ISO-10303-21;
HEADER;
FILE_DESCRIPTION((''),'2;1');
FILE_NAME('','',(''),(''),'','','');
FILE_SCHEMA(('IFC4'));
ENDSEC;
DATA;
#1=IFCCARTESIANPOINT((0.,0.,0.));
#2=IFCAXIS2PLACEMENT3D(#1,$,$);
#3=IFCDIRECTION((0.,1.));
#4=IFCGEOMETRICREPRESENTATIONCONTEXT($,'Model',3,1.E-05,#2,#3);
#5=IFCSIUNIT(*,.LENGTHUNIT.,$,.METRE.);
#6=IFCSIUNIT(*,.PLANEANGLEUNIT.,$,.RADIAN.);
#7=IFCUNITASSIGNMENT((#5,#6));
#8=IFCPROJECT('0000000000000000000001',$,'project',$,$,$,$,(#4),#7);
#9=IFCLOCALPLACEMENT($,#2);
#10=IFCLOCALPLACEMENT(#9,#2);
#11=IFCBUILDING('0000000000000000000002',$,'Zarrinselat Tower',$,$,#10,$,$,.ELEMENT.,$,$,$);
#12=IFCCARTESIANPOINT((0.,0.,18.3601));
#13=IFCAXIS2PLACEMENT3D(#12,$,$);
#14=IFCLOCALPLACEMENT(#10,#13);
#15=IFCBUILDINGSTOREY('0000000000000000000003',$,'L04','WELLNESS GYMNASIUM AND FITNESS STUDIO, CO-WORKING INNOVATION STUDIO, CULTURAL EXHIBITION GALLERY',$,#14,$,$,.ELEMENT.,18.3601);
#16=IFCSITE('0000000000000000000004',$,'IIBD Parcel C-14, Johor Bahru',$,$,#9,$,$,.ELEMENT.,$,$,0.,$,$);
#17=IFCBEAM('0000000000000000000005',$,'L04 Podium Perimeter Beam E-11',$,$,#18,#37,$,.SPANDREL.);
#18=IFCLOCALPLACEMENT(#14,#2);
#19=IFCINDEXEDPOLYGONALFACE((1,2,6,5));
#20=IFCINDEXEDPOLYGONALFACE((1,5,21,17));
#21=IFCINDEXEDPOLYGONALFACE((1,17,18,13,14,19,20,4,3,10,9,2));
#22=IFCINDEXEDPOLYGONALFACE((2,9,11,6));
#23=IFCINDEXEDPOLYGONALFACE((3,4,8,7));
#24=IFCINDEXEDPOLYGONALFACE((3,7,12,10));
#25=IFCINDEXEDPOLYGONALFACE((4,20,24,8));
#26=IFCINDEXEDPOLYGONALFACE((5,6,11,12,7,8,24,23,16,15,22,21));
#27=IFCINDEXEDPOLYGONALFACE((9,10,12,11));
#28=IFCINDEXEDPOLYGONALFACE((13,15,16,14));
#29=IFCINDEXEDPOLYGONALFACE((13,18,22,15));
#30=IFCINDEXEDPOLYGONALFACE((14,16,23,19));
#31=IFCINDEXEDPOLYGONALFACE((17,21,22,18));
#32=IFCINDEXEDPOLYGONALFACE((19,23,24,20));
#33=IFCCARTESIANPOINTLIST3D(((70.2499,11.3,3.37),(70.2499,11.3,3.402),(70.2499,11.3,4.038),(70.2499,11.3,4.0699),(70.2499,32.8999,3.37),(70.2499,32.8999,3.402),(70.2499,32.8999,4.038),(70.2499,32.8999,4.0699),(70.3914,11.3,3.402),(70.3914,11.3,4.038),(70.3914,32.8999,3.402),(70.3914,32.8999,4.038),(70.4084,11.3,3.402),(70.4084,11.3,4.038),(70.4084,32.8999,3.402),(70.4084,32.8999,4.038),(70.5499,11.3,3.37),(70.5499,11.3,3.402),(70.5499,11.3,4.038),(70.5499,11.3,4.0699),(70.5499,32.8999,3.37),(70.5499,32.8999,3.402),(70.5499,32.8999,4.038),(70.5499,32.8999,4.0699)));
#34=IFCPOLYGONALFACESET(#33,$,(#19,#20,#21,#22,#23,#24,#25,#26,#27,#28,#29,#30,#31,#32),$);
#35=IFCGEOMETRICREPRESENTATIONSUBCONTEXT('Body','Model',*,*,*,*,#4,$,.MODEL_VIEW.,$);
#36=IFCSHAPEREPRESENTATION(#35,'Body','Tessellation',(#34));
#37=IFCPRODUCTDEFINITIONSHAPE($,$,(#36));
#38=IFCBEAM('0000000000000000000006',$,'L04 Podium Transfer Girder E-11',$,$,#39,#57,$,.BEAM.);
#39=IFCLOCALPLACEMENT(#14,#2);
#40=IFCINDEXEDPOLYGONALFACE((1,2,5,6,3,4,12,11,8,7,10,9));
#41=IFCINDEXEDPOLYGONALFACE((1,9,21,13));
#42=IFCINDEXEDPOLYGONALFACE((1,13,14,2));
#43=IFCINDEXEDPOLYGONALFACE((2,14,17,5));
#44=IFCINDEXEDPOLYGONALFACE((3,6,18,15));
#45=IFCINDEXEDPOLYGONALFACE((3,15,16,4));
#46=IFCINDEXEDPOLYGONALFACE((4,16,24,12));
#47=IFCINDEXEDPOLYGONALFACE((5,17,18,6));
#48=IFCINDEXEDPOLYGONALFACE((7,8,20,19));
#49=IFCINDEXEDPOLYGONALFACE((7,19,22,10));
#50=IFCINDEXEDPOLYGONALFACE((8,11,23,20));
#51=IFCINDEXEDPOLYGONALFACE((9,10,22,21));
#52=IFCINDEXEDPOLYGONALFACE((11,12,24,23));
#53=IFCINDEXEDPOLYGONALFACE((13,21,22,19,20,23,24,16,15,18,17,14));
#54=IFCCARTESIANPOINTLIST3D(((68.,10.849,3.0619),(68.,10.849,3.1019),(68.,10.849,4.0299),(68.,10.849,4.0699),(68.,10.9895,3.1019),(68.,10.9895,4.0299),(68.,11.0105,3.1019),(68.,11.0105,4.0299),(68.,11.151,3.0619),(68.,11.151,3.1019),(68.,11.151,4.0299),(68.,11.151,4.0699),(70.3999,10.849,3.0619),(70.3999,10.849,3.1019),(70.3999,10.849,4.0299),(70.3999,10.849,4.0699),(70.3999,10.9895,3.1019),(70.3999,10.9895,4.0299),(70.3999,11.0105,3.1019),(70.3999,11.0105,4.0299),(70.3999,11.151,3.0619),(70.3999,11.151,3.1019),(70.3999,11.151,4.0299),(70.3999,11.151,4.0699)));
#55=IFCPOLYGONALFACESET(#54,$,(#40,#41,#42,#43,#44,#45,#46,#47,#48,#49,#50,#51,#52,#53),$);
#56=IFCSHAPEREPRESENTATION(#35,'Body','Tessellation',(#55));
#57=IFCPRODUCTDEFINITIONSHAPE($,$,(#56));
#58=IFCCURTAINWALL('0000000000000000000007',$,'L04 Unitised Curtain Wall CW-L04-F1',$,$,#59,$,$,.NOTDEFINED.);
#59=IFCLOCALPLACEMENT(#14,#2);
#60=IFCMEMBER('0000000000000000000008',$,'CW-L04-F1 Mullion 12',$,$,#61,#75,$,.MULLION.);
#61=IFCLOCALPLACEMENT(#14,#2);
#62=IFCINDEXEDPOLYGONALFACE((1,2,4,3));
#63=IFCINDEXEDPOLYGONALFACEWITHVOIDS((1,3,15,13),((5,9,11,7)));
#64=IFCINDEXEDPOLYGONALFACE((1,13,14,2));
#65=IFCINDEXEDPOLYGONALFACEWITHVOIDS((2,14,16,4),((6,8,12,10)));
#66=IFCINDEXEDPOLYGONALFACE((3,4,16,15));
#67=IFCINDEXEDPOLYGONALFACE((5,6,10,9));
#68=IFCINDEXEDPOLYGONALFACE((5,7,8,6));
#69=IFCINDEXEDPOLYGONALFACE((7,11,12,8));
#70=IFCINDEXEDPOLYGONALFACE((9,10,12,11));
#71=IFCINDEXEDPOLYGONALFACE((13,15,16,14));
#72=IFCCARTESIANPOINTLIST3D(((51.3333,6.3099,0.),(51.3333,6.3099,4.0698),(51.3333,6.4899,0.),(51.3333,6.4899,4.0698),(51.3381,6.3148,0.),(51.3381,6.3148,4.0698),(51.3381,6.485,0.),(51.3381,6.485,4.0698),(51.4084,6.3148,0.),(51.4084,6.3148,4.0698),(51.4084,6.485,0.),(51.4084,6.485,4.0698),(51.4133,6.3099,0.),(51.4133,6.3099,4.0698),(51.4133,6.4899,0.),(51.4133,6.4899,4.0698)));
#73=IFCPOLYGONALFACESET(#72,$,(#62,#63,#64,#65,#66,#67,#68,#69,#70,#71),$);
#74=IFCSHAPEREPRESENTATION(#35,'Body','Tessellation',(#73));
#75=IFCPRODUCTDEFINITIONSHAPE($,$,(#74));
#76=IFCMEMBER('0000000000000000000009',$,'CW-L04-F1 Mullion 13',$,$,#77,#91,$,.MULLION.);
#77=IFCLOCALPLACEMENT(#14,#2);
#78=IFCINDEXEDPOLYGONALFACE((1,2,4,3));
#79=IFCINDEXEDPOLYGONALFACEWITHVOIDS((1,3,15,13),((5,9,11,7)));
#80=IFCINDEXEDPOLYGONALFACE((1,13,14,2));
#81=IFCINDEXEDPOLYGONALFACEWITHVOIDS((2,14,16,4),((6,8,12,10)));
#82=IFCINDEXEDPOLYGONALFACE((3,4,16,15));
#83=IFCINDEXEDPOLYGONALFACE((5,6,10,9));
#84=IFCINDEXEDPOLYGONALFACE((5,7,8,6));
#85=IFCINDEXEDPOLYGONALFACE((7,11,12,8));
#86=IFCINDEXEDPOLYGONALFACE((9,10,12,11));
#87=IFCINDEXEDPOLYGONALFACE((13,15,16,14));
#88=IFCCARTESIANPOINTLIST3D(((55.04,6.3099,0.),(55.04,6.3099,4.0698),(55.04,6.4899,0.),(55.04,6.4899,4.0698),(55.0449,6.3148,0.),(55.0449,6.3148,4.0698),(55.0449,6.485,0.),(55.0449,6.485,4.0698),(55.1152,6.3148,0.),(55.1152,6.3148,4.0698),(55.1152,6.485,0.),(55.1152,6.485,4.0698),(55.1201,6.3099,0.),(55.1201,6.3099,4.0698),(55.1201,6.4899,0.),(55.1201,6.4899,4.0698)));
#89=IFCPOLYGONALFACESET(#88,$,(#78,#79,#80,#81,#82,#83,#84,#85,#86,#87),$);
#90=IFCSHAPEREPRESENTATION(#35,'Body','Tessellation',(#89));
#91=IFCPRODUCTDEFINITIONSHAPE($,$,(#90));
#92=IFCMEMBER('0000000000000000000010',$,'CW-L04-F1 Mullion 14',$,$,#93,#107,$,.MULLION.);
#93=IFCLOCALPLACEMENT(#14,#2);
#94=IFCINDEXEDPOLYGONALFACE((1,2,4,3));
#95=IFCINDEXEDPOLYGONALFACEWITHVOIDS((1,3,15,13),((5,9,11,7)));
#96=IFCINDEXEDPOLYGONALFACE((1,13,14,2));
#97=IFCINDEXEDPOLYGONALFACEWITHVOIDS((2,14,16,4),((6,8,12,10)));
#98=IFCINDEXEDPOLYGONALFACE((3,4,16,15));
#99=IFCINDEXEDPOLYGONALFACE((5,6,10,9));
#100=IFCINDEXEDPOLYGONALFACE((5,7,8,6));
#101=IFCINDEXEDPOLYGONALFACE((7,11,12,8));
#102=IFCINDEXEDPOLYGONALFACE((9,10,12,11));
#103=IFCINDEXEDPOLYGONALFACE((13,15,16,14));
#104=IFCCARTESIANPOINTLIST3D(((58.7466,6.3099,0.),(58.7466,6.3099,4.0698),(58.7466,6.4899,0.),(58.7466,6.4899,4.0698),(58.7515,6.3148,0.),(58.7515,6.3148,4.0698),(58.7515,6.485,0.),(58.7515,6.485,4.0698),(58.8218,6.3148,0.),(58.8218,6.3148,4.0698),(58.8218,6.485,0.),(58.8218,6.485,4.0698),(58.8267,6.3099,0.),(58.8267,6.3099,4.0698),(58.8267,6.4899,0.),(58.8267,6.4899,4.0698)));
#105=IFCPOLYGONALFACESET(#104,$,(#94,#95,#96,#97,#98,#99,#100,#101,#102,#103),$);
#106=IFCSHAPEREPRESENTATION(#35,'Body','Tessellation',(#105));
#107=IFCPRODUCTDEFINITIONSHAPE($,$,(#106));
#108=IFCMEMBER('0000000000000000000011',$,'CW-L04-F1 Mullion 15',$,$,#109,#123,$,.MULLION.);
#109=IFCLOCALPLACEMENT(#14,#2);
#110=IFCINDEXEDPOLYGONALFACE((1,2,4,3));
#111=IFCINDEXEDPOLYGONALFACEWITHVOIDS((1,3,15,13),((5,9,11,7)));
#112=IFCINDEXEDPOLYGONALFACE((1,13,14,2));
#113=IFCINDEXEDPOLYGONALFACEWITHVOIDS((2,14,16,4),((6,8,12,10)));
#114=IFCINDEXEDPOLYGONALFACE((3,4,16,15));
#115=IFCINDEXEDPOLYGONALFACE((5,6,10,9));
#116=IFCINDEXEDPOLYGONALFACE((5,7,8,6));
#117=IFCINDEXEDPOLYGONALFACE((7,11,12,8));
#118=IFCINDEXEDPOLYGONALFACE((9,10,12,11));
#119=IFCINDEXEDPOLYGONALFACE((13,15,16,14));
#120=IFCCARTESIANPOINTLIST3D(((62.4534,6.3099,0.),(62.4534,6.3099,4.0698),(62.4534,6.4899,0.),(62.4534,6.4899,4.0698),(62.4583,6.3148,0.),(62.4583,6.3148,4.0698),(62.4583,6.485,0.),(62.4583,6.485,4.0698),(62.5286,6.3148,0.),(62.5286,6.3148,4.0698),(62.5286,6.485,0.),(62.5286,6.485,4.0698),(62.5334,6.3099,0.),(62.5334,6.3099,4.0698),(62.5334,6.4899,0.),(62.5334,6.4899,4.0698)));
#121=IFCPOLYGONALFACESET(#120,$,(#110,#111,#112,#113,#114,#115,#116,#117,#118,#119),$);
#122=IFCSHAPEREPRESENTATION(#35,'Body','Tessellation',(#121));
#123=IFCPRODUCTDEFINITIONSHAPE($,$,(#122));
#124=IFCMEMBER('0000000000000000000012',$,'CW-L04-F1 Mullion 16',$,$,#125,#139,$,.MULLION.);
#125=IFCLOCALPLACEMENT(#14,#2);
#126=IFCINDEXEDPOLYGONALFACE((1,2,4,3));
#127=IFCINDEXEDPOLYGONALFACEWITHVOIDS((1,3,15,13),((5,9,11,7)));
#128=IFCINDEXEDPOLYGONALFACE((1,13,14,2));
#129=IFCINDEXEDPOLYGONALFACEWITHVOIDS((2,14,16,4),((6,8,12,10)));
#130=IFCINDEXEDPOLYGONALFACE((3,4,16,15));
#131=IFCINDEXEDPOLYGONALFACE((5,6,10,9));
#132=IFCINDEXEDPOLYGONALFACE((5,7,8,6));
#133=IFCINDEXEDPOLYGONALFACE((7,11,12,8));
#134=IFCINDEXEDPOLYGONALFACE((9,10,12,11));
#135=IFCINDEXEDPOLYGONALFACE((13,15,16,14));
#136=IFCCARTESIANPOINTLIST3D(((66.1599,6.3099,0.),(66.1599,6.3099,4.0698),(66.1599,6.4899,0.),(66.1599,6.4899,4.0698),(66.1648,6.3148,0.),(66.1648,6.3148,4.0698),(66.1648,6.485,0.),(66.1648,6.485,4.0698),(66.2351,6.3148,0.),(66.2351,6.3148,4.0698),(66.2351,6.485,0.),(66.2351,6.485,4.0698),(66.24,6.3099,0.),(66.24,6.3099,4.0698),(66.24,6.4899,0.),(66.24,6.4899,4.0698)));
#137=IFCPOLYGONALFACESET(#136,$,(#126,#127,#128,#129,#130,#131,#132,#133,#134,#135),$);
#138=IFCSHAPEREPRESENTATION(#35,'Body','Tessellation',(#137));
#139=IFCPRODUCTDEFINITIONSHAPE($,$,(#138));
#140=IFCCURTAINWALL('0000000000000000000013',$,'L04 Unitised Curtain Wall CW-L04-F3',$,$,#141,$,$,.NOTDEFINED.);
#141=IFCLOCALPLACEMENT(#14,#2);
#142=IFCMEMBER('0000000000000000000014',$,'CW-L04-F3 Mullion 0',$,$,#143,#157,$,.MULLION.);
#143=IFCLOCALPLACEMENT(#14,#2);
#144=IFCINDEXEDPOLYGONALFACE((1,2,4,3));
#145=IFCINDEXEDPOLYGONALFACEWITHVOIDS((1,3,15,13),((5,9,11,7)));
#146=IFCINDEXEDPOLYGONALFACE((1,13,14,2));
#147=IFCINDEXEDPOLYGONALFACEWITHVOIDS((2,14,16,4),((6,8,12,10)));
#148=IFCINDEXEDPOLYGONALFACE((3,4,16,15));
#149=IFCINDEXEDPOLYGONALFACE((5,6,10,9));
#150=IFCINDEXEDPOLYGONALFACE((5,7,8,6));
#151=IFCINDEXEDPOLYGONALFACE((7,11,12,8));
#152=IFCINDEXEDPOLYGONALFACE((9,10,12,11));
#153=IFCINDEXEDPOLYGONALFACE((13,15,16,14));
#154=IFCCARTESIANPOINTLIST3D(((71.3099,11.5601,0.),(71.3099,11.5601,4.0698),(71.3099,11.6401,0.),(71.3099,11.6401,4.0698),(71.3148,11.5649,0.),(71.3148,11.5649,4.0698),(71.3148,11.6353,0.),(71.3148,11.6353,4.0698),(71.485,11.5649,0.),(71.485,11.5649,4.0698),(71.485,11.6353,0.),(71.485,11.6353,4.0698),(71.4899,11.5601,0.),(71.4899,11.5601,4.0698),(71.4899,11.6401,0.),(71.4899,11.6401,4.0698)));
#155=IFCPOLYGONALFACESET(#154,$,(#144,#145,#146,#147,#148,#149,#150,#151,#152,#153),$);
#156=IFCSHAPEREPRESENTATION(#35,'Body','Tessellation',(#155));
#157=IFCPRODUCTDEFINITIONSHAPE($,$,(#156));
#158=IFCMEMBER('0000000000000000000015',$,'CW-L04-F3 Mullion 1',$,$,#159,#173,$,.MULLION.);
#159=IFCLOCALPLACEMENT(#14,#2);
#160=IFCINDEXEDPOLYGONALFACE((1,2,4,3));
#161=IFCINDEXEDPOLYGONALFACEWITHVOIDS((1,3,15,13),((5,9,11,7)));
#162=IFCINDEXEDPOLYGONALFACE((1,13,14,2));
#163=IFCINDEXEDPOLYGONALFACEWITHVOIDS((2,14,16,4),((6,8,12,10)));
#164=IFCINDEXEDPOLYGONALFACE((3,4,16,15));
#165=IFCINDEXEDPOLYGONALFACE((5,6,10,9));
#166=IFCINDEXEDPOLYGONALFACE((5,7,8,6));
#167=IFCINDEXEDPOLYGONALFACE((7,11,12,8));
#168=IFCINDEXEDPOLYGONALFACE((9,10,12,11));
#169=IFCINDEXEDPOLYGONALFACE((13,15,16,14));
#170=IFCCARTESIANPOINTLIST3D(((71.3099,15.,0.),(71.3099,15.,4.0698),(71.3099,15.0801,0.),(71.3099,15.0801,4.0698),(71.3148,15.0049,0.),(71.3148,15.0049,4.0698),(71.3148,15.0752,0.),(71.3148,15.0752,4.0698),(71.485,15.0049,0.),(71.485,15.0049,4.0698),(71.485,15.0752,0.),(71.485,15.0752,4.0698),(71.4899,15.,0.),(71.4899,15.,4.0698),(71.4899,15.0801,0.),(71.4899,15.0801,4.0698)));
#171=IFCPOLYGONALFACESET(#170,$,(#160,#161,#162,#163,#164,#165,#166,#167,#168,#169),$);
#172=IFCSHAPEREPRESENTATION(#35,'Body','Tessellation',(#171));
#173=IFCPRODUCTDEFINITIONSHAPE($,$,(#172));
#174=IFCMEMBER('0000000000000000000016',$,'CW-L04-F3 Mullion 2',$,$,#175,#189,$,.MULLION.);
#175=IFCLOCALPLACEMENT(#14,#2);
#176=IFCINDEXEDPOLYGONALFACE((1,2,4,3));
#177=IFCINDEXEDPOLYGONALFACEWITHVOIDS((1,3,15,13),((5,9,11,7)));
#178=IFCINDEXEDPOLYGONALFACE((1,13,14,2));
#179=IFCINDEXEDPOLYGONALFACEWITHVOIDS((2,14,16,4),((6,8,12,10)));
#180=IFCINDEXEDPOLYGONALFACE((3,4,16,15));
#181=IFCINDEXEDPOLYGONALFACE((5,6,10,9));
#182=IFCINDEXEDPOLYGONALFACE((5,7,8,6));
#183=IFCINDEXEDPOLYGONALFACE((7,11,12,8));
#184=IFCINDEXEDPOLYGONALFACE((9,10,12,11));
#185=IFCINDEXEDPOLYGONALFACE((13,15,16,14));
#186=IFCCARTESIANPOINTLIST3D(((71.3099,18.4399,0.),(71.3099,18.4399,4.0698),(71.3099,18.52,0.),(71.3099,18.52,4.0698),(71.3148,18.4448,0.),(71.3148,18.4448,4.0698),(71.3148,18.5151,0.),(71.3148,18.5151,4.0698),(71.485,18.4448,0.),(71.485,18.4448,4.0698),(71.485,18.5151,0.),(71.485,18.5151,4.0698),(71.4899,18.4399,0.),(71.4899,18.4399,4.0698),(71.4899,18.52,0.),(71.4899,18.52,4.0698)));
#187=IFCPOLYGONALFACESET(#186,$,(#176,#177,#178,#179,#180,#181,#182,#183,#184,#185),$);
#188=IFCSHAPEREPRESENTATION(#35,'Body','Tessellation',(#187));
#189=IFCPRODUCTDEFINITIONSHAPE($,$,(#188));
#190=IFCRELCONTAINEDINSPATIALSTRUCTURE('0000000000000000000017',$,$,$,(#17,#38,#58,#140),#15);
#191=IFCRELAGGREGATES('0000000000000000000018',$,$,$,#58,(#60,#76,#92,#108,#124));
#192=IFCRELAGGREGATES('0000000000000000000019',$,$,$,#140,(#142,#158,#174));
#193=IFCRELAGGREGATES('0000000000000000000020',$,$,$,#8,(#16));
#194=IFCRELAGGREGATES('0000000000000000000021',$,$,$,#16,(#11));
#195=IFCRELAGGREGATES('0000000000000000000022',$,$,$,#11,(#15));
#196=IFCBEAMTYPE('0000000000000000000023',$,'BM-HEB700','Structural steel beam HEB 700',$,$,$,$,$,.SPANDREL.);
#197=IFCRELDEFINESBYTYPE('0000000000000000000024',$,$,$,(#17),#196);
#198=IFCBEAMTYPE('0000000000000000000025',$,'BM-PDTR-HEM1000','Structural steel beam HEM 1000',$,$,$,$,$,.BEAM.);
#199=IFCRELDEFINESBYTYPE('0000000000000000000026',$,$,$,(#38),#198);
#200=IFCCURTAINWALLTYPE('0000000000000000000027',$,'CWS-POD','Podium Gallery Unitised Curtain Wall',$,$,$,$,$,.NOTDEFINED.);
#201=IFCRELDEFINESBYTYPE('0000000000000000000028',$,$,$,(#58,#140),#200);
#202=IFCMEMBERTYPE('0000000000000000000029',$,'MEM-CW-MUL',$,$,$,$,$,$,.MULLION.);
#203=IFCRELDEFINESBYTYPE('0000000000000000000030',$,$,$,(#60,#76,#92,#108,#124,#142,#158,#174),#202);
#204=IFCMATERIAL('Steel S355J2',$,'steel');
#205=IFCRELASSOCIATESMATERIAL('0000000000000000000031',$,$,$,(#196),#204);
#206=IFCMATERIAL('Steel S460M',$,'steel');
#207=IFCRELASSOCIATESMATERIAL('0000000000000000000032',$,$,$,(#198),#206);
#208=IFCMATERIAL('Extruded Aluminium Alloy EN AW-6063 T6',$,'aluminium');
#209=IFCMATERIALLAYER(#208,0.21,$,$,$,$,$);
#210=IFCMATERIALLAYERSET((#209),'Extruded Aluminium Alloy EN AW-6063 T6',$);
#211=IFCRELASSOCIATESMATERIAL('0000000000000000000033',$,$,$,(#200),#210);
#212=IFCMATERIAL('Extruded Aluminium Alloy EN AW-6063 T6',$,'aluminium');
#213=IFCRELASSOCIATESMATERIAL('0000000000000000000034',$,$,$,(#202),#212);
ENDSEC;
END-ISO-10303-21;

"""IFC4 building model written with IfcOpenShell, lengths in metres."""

from ifc_helpers import new_model, si_unit, direction, frame, origin, origin_2d, place, context, subcontext, project, spatial, hollow_rectangle, i_section, extrude, material, layer, layer_set, material_profile, profile_set, type_object, element, aggregate, save


model = new_model("IFC4")

# Units and contexts
model_context = context("Model", 3, precision=1e-05, world=origin(), true_north=direction((0.0, 1.0)))
body_context = subcontext(model_context, "Body", "Model", "MODEL_VIEW")
ifc_project = project(units=[si_unit("LENGTHUNIT", "METRE"), si_unit("PLANEANGLEUNIT", "RADIAN")], contexts=[model_context])

# Site, building, storey
site_placement = place(None, origin())
site = spatial("IfcSite", under=ifc_project, at=site_placement, Name="IIBD Parcel C-14, Johor Bahru", CompositionType="ELEMENT", RefElevation=0.0)
building_placement = place(site_placement, origin())
building = spatial("IfcBuilding", under=site, at=building_placement, Name="Zarrinselat Tower", CompositionType="ELEMENT")
storey_placement = place(building_placement, frame((0.0, 0.0, 18.3601)))
storey = spatial("IfcBuildingStorey", under=building, at=storey_placement, Name="L04", Description="WELLNESS GYMNASIUM AND FITNESS STUDIO, CO-WORKING INNOVATION STUDIO, CULTURAL EXHIBITION GALLERY", CompositionType="ELEMENT", Elevation=18.3601)

# Beams
ifc_material_1 = material(Name="Steel S355J2", Category="steel")
ifc_material_profile_1 = material_profile(ifc_material_1, i_section(OverallWidth=0.3, OverallDepth=0.7, WebThickness=0.0171, FlangeThickness=0.032, at=origin_2d()), Name="HEB 700")
ifc_profile_set_1 = profile_set([ifc_material_profile_1], Name="Steel S355J2")
beam_type_1 = type_object("IfcBeamType", Name="BM-HEB700", Description="Structural steel beam HEB 700", PredefinedType="SPANDREL", material=ifc_profile_set_1)
beam_1_placement = place(storey_placement, frame((70.3999, 11.3, 3.72), z_axis=(0.0, 1.0, 0.0), x_axis=(-1.0, 0.0, 0.0)))
element("IfcBeam", 1, at=beam_1_placement, inside=storey, type_object=beam_type_1, Name="L04 Podium Perimeter Beam E-11", PredefinedType="SPANDREL", context=body_context, shape_type="SweptSolid", body=[
    extrude(i_section(OverallWidth=0.3, OverallDepth=0.7, WebThickness=0.0171, FlangeThickness=0.032, at=origin_2d()), origin(), (0.0, 0.0, 1.0), 21.5999),
])
ifc_material_2 = material(Name="Steel S460M", Category="steel")
ifc_material_profile_2 = material_profile(ifc_material_2, i_section(OverallWidth=0.302, OverallDepth=1.0081, WebThickness=0.021, FlangeThickness=0.04, at=origin_2d()), Name="HEM 1000")
ifc_profile_set_2 = profile_set([ifc_material_profile_2], Name="Steel S460M")
beam_type_2 = type_object("IfcBeamType", Name="BM-PDTR-HEM1000", Description="Structural steel beam HEM 1000", PredefinedType="BEAM", material=ifc_profile_set_2)
beam_2_placement = place(storey_placement, frame((68.0, 11.0, 3.5659), z_axis=(1.0, 0.0, 0.0), x_axis=(0.0, 1.0, 0.0)))
element("IfcBeam", 2, at=beam_2_placement, inside=storey, type_object=beam_type_2, Name="L04 Podium Transfer Girder E-11", PredefinedType="BEAM", context=body_context, shape_type="SweptSolid", body=[
    extrude(i_section(OverallWidth=0.302, OverallDepth=1.0081, WebThickness=0.021, FlangeThickness=0.04, at=origin_2d()), origin(), (0.0, 0.0, 1.0), 2.3999),
])

# Curtain walls, members
ifc_material_3 = material(Name="Extruded Aluminium Alloy EN AW-6063 T6", Category="aluminium")
ifc_layer_1 = layer(ifc_material_3, 0.21)
ifc_layer_set_1 = layer_set([ifc_layer_1], Name="Extruded Aluminium Alloy EN AW-6063 T6")
curtain_wall_type = type_object("IfcCurtainWallType", Name="CWS-POD", Description="Podium Gallery Unitised Curtain Wall", PredefinedType="NOTDEFINED", material=ifc_layer_set_1)
curtain_wall_1_placement = place(storey_placement, origin())
curtain_wall_1 = element("IfcCurtainWall", 3, at=curtain_wall_1_placement, inside=storey, type_object=curtain_wall_type, Name="L04 Unitised Curtain Wall CW-L04-F1", PredefinedType="NOTDEFINED")
ifc_material_4 = material(Name="Extruded Aluminium Alloy EN AW-6063 T6", Category="aluminium")
ifc_material_profile_3 = material_profile(ifc_material_4, hollow_rectangle(XDim=0.0801, YDim=0.1799, WallThickness=0.0049, at=origin_2d()), Name="RHS 180x80x5")
ifc_profile_set_3 = profile_set([ifc_material_profile_3], Name="Extruded Aluminium Alloy EN AW-6063 T6")
member_type_1 = type_object("IfcMemberType", Name="MEM-CW-MUL", PredefinedType="MULLION", material=ifc_profile_set_3)
member_1_placement = place(storey_placement, frame((51.3733, 6.3999, 0.0), z_axis=(0.0, 0.0, 1.0), x_axis=(1.0, 0.0, 0.0)))
member_1 = element("IfcMember", 4, at=member_1_placement, type_object=member_type_1, Name="CW-L04-F1 Mullion 12", PredefinedType="MULLION", context=body_context, shape_type="SweptSolid", body=[
    extrude(hollow_rectangle(XDim=0.0801, YDim=0.1799, WallThickness=0.0049, at=origin_2d()), origin(), (0.0, 0.0, 1.0), 4.0698),
])
member_2_placement = place(storey_placement, frame((55.0801, 6.3999, 0.0), z_axis=(0.0, 0.0, 1.0), x_axis=(1.0, 0.0, 0.0)))
member_2 = element("IfcMember", 5, at=member_2_placement, type_object=member_type_1, Name="CW-L04-F1 Mullion 13", PredefinedType="MULLION", context=body_context, shape_type="SweptSolid", body=[
    extrude(hollow_rectangle(XDim=0.0801, YDim=0.1799, WallThickness=0.0049, at=origin_2d()), origin(), (0.0, 0.0, 1.0), 4.0698),
])
member_3_placement = place(storey_placement, frame((58.7866, 6.3999, 0.0), z_axis=(0.0, 0.0, 1.0), x_axis=(1.0, 0.0, 0.0)))
member_3 = element("IfcMember", 6, at=member_3_placement, type_object=member_type_1, Name="CW-L04-F1 Mullion 14", PredefinedType="MULLION", context=body_context, shape_type="SweptSolid", body=[
    extrude(hollow_rectangle(XDim=0.0801, YDim=0.1799, WallThickness=0.0049, at=origin_2d()), origin(), (0.0, 0.0, 1.0), 4.0698),
])
member_4_placement = place(storey_placement, frame((62.4934, 6.3999, 0.0), z_axis=(0.0, 0.0, 1.0), x_axis=(1.0, 0.0, 0.0)))
member_4 = element("IfcMember", 7, at=member_4_placement, type_object=member_type_1, Name="CW-L04-F1 Mullion 15", PredefinedType="MULLION", context=body_context, shape_type="SweptSolid", body=[
    extrude(hollow_rectangle(XDim=0.0801, YDim=0.1799, WallThickness=0.0049, at=origin_2d()), origin(), (0.0, 0.0, 1.0), 4.0698),
])
member_5_placement = place(storey_placement, frame((66.2, 6.3999, 0.0), z_axis=(0.0, 0.0, 1.0), x_axis=(1.0, 0.0, 0.0)))
member_5 = element("IfcMember", 8, at=member_5_placement, type_object=member_type_1, Name="CW-L04-F1 Mullion 16", PredefinedType="MULLION", context=body_context, shape_type="SweptSolid", body=[
    extrude(hollow_rectangle(XDim=0.0801, YDim=0.1799, WallThickness=0.0049, at=origin_2d()), origin(), (0.0, 0.0, 1.0), 4.0698),
])
curtain_wall_2_placement = place(storey_placement, origin())
curtain_wall_2 = element("IfcCurtainWall", 9, at=curtain_wall_2_placement, inside=storey, type_object=curtain_wall_type, Name="L04 Unitised Curtain Wall CW-L04-F3", PredefinedType="NOTDEFINED")
member_6_placement = place(storey_placement, frame((71.3999, 11.6001, 0.0), z_axis=(0.0, 0.0, 1.0), x_axis=(0.0, 1.0, 0.0)))
member_6 = element("IfcMember", 10, at=member_6_placement, type_object=member_type_1, Name="CW-L04-F3 Mullion 0", PredefinedType="MULLION", context=body_context, shape_type="SweptSolid", body=[
    extrude(hollow_rectangle(XDim=0.0801, YDim=0.1799, WallThickness=0.0049, at=origin_2d()), origin(), (0.0, 0.0, 1.0), 4.0698),
])
member_7_placement = place(storey_placement, frame((71.3999, 15.04, 0.0), z_axis=(0.0, 0.0, 1.0), x_axis=(0.0, 1.0, 0.0)))
member_7 = element("IfcMember", 11, at=member_7_placement, type_object=member_type_1, Name="CW-L04-F3 Mullion 1", PredefinedType="MULLION", context=body_context, shape_type="SweptSolid", body=[
    extrude(hollow_rectangle(XDim=0.0801, YDim=0.1799, WallThickness=0.0049, at=origin_2d()), origin(), (0.0, 0.0, 1.0), 4.0698),
])
member_8_placement = place(storey_placement, frame((71.3999, 18.48, 0.0), z_axis=(0.0, 0.0, 1.0), x_axis=(0.0, 1.0, 0.0)))
member_8 = element("IfcMember", 12, at=member_8_placement, type_object=member_type_1, Name="CW-L04-F3 Mullion 2", PredefinedType="MULLION", context=body_context, shape_type="SweptSolid", body=[
    extrude(hollow_rectangle(XDim=0.0801, YDim=0.1799, WallThickness=0.0049, at=origin_2d()), origin(), (0.0, 0.0, 1.0), 4.0698),
])

aggregate(curtain_wall_1, [member_1, member_2, member_3, member_4, member_5])
aggregate(curtain_wall_2, [member_6, member_7, member_8])

save(model, "model.ifc")
